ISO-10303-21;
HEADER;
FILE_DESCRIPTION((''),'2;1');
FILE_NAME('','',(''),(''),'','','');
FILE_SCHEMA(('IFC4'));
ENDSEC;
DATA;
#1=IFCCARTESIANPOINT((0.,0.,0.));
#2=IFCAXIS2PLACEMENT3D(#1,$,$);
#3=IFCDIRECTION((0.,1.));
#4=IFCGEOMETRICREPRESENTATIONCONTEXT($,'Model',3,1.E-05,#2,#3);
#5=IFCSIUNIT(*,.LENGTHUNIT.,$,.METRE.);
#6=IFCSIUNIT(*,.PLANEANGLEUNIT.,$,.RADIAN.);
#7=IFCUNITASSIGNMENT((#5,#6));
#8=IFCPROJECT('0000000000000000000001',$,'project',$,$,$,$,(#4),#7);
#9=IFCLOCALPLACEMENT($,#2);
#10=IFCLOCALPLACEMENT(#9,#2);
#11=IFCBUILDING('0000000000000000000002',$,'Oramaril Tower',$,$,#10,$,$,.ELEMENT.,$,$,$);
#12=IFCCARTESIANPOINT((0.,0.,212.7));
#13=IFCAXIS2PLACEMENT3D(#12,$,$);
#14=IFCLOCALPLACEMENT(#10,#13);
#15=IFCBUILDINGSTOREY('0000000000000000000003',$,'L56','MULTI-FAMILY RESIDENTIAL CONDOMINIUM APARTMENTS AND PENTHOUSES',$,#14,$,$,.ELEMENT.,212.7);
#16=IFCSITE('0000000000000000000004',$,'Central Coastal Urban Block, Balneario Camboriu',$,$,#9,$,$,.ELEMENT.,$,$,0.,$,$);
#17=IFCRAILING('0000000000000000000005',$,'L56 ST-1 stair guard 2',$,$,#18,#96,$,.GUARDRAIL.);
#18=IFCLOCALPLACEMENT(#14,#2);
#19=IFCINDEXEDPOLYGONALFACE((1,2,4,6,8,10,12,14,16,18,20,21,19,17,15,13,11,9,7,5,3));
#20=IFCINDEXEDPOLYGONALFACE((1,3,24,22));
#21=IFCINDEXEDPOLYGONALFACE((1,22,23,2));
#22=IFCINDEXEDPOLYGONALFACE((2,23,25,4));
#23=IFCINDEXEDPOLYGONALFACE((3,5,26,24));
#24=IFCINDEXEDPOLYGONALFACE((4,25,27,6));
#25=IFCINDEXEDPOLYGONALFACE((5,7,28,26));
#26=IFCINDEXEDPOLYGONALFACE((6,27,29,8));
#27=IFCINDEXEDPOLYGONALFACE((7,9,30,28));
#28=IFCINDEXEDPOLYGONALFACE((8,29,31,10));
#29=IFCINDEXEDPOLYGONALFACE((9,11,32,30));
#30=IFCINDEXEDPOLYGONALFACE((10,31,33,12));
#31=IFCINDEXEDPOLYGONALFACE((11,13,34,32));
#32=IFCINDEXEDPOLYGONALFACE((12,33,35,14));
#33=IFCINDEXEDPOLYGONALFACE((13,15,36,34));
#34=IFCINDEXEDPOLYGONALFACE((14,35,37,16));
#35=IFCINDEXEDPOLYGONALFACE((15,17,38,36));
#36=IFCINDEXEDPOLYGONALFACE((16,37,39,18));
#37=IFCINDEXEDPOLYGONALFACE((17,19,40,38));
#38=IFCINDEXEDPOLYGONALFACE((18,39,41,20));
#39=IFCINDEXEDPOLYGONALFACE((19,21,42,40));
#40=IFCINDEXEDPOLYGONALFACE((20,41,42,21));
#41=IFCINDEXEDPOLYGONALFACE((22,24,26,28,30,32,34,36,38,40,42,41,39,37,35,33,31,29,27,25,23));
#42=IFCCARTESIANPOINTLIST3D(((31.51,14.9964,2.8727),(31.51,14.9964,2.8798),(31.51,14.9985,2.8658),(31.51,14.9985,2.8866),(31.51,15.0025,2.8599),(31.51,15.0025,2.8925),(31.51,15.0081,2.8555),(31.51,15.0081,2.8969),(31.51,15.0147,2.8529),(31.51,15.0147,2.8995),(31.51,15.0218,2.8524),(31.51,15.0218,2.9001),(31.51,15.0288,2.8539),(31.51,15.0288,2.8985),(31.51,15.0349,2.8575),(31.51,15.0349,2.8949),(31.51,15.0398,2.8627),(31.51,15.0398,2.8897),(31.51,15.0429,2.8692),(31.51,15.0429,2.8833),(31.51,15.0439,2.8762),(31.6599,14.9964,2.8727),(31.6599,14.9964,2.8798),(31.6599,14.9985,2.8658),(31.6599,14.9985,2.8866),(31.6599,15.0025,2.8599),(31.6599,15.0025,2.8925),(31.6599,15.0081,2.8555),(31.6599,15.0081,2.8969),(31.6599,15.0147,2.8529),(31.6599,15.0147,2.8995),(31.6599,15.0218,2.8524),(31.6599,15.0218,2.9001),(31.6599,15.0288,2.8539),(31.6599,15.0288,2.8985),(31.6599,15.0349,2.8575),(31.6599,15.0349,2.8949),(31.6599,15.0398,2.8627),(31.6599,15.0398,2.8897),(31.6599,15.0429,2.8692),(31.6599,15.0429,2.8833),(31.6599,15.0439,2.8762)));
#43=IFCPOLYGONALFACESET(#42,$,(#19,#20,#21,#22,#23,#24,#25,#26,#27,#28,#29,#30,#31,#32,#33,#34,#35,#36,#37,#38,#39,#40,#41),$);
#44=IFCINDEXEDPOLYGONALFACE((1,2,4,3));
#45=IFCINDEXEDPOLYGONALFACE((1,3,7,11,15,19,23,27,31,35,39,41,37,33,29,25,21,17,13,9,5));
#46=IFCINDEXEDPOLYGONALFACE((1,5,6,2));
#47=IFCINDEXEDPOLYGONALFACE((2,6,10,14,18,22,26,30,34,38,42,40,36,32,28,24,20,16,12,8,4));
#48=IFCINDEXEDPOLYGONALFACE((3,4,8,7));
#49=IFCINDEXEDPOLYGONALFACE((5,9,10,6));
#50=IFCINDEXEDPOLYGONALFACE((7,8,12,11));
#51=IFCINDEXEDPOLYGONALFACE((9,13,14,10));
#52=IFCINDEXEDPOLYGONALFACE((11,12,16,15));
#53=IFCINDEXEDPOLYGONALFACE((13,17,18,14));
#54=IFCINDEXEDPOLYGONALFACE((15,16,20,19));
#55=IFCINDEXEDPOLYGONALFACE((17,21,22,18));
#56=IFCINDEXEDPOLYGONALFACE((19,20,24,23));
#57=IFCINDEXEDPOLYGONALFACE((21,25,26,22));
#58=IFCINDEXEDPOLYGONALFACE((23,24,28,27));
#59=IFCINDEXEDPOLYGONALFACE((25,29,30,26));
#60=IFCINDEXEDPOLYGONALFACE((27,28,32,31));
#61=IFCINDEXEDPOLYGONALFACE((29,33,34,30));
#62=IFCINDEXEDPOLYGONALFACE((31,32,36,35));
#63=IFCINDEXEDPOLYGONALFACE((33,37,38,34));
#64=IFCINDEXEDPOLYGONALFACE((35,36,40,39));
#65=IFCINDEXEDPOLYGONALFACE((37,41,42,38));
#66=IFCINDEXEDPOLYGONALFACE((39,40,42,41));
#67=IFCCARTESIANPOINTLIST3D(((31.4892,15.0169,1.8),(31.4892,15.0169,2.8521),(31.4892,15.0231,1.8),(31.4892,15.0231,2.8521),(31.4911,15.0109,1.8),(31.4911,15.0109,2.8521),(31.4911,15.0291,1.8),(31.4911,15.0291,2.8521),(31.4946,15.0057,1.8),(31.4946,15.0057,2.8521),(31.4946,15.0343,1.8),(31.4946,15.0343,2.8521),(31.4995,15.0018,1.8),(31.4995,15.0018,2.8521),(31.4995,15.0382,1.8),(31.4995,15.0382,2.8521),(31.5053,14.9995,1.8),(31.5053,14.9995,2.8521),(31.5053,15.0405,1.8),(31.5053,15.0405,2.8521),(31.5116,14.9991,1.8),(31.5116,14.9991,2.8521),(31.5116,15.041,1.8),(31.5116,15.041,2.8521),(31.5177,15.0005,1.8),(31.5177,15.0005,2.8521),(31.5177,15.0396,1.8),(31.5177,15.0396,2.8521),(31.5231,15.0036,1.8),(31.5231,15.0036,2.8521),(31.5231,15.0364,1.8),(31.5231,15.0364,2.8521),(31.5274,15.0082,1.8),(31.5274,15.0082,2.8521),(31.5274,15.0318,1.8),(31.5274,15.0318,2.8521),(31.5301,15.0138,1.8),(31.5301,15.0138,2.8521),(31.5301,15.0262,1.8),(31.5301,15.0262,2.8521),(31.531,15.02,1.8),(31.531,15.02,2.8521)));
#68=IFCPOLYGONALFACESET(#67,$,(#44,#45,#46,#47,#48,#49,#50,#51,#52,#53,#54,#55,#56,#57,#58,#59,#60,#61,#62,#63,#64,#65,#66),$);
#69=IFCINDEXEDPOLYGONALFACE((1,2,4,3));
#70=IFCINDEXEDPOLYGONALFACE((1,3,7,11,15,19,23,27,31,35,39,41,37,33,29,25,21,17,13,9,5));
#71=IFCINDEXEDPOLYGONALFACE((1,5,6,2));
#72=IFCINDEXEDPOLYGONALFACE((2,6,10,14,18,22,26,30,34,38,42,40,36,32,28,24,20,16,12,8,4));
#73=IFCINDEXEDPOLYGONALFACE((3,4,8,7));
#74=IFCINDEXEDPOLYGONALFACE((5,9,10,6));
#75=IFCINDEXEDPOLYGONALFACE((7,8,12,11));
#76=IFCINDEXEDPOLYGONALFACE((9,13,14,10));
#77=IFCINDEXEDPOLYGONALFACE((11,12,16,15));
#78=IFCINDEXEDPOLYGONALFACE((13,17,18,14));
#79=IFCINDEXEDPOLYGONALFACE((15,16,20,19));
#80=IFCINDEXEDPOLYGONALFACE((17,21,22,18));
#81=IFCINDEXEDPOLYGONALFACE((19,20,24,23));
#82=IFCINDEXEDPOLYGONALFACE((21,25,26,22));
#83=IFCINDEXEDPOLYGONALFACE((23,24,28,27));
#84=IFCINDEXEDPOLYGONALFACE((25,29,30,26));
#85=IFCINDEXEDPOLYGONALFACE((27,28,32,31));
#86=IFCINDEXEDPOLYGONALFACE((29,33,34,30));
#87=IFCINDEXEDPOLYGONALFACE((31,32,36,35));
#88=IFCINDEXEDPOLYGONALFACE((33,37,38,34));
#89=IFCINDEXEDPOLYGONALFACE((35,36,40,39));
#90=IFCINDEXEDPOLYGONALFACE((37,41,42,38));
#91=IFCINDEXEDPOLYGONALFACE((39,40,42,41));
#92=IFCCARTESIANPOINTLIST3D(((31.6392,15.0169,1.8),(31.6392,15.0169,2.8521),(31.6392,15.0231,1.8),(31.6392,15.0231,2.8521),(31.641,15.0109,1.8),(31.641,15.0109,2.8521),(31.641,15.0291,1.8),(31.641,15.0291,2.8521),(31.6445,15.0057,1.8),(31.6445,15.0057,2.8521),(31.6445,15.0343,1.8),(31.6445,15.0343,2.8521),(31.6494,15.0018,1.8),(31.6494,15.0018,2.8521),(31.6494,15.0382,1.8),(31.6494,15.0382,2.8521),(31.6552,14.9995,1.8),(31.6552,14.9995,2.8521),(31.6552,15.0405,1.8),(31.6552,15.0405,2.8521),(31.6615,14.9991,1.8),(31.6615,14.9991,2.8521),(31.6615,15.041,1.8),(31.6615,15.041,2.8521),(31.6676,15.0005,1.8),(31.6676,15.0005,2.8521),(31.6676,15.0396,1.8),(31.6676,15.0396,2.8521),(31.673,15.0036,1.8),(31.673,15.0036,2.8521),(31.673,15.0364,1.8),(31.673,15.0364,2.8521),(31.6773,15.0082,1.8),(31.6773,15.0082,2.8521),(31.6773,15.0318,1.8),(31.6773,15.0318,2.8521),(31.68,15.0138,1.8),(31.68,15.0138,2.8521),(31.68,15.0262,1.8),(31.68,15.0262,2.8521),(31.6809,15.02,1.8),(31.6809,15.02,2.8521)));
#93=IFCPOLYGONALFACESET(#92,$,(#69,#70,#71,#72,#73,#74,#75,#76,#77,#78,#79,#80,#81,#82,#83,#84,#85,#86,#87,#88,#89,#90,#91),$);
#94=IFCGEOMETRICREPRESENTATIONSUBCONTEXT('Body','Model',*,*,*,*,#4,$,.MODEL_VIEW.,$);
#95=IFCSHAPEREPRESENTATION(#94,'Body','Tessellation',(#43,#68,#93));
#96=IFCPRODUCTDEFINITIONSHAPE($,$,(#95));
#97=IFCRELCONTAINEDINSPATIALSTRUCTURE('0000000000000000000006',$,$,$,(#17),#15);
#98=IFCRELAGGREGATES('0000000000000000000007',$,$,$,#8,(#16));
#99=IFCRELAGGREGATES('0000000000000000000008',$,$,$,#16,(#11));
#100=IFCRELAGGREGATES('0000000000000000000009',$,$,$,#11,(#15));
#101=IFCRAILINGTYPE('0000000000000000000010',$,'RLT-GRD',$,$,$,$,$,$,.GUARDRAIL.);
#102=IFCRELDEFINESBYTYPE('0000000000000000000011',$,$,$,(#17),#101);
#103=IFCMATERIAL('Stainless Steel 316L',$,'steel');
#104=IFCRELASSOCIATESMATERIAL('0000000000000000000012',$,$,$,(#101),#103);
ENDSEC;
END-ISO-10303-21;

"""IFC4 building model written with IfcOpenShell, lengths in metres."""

from ifc_helpers import new_model, si_unit, direction, frame, origin, origin_2d, place, context, subcontext, project, spatial, circle, extrude, material, type_object, element, save


model = new_model("IFC4")

# Units and contexts
model_context = context("Model", 3, precision=1e-05, world=origin(), true_north=direction((0.0, 1.0)))
body_context = subcontext(model_context, "Body", "Model", "MODEL_VIEW")
ifc_project = project(units=[si_unit("LENGTHUNIT", "METRE"), si_unit("PLANEANGLEUNIT", "RADIAN")], contexts=[model_context])

# Site, building, storey
site_placement = place(None, origin())
site = spatial("IfcSite", under=ifc_project, at=site_placement, Name="Central Coastal Urban Block, Balneario Camboriu", CompositionType="ELEMENT", RefElevation=0.0)
building_placement = place(site_placement, origin())
building = spatial("IfcBuilding", under=site, at=building_placement, Name="Oramaril Tower", CompositionType="ELEMENT")
storey_placement = place(building_placement, frame((0.0, 0.0, 212.7)))
storey = spatial("IfcBuildingStorey", under=building, at=storey_placement, Name="L56", Description="MULTI-FAMILY RESIDENTIAL CONDOMINIUM APARTMENTS AND PENTHOUSES", CompositionType="ELEMENT", Elevation=212.7)

# Railing
ifc_material_1 = material(Name="Stainless Steel 316L", Category="steel")
railing_type_1 = type_object("IfcRailingType", Name="RLT-GRD", PredefinedType="GUARDRAIL", material=ifc_material_1)
railing_1_placement = place(storey_placement, frame((31.51, 15.02, 1.8)))
element("IfcRailing", 1, at=railing_1_placement, inside=storey, type_object=railing_type_1, Name="L56 ST-1 stair guard 2", PredefinedType="GUARDRAIL", context=body_context, shape_type="SweptSolid", body=[
    extrude(circle(Radius=0.0239, at=origin_2d()), frame((0.0, 0.0, 1.0762), z_axis=(1.0, 0.0, 0.0), x_axis=(0.0, 1.0, 0.0)), (0.0, 0.0, 1.0), 0.1499),
    extrude(circle(Radius=0.021, at=origin_2d()), origin(), (0.0, 0.0, 1.0), 1.052),
    extrude(circle(Radius=0.021, at=origin_2d()), frame((0.1499, 0.0, 0.0)), (0.0, 0.0, 1.0), 1.052),
])

save(model, "model.ifc")
